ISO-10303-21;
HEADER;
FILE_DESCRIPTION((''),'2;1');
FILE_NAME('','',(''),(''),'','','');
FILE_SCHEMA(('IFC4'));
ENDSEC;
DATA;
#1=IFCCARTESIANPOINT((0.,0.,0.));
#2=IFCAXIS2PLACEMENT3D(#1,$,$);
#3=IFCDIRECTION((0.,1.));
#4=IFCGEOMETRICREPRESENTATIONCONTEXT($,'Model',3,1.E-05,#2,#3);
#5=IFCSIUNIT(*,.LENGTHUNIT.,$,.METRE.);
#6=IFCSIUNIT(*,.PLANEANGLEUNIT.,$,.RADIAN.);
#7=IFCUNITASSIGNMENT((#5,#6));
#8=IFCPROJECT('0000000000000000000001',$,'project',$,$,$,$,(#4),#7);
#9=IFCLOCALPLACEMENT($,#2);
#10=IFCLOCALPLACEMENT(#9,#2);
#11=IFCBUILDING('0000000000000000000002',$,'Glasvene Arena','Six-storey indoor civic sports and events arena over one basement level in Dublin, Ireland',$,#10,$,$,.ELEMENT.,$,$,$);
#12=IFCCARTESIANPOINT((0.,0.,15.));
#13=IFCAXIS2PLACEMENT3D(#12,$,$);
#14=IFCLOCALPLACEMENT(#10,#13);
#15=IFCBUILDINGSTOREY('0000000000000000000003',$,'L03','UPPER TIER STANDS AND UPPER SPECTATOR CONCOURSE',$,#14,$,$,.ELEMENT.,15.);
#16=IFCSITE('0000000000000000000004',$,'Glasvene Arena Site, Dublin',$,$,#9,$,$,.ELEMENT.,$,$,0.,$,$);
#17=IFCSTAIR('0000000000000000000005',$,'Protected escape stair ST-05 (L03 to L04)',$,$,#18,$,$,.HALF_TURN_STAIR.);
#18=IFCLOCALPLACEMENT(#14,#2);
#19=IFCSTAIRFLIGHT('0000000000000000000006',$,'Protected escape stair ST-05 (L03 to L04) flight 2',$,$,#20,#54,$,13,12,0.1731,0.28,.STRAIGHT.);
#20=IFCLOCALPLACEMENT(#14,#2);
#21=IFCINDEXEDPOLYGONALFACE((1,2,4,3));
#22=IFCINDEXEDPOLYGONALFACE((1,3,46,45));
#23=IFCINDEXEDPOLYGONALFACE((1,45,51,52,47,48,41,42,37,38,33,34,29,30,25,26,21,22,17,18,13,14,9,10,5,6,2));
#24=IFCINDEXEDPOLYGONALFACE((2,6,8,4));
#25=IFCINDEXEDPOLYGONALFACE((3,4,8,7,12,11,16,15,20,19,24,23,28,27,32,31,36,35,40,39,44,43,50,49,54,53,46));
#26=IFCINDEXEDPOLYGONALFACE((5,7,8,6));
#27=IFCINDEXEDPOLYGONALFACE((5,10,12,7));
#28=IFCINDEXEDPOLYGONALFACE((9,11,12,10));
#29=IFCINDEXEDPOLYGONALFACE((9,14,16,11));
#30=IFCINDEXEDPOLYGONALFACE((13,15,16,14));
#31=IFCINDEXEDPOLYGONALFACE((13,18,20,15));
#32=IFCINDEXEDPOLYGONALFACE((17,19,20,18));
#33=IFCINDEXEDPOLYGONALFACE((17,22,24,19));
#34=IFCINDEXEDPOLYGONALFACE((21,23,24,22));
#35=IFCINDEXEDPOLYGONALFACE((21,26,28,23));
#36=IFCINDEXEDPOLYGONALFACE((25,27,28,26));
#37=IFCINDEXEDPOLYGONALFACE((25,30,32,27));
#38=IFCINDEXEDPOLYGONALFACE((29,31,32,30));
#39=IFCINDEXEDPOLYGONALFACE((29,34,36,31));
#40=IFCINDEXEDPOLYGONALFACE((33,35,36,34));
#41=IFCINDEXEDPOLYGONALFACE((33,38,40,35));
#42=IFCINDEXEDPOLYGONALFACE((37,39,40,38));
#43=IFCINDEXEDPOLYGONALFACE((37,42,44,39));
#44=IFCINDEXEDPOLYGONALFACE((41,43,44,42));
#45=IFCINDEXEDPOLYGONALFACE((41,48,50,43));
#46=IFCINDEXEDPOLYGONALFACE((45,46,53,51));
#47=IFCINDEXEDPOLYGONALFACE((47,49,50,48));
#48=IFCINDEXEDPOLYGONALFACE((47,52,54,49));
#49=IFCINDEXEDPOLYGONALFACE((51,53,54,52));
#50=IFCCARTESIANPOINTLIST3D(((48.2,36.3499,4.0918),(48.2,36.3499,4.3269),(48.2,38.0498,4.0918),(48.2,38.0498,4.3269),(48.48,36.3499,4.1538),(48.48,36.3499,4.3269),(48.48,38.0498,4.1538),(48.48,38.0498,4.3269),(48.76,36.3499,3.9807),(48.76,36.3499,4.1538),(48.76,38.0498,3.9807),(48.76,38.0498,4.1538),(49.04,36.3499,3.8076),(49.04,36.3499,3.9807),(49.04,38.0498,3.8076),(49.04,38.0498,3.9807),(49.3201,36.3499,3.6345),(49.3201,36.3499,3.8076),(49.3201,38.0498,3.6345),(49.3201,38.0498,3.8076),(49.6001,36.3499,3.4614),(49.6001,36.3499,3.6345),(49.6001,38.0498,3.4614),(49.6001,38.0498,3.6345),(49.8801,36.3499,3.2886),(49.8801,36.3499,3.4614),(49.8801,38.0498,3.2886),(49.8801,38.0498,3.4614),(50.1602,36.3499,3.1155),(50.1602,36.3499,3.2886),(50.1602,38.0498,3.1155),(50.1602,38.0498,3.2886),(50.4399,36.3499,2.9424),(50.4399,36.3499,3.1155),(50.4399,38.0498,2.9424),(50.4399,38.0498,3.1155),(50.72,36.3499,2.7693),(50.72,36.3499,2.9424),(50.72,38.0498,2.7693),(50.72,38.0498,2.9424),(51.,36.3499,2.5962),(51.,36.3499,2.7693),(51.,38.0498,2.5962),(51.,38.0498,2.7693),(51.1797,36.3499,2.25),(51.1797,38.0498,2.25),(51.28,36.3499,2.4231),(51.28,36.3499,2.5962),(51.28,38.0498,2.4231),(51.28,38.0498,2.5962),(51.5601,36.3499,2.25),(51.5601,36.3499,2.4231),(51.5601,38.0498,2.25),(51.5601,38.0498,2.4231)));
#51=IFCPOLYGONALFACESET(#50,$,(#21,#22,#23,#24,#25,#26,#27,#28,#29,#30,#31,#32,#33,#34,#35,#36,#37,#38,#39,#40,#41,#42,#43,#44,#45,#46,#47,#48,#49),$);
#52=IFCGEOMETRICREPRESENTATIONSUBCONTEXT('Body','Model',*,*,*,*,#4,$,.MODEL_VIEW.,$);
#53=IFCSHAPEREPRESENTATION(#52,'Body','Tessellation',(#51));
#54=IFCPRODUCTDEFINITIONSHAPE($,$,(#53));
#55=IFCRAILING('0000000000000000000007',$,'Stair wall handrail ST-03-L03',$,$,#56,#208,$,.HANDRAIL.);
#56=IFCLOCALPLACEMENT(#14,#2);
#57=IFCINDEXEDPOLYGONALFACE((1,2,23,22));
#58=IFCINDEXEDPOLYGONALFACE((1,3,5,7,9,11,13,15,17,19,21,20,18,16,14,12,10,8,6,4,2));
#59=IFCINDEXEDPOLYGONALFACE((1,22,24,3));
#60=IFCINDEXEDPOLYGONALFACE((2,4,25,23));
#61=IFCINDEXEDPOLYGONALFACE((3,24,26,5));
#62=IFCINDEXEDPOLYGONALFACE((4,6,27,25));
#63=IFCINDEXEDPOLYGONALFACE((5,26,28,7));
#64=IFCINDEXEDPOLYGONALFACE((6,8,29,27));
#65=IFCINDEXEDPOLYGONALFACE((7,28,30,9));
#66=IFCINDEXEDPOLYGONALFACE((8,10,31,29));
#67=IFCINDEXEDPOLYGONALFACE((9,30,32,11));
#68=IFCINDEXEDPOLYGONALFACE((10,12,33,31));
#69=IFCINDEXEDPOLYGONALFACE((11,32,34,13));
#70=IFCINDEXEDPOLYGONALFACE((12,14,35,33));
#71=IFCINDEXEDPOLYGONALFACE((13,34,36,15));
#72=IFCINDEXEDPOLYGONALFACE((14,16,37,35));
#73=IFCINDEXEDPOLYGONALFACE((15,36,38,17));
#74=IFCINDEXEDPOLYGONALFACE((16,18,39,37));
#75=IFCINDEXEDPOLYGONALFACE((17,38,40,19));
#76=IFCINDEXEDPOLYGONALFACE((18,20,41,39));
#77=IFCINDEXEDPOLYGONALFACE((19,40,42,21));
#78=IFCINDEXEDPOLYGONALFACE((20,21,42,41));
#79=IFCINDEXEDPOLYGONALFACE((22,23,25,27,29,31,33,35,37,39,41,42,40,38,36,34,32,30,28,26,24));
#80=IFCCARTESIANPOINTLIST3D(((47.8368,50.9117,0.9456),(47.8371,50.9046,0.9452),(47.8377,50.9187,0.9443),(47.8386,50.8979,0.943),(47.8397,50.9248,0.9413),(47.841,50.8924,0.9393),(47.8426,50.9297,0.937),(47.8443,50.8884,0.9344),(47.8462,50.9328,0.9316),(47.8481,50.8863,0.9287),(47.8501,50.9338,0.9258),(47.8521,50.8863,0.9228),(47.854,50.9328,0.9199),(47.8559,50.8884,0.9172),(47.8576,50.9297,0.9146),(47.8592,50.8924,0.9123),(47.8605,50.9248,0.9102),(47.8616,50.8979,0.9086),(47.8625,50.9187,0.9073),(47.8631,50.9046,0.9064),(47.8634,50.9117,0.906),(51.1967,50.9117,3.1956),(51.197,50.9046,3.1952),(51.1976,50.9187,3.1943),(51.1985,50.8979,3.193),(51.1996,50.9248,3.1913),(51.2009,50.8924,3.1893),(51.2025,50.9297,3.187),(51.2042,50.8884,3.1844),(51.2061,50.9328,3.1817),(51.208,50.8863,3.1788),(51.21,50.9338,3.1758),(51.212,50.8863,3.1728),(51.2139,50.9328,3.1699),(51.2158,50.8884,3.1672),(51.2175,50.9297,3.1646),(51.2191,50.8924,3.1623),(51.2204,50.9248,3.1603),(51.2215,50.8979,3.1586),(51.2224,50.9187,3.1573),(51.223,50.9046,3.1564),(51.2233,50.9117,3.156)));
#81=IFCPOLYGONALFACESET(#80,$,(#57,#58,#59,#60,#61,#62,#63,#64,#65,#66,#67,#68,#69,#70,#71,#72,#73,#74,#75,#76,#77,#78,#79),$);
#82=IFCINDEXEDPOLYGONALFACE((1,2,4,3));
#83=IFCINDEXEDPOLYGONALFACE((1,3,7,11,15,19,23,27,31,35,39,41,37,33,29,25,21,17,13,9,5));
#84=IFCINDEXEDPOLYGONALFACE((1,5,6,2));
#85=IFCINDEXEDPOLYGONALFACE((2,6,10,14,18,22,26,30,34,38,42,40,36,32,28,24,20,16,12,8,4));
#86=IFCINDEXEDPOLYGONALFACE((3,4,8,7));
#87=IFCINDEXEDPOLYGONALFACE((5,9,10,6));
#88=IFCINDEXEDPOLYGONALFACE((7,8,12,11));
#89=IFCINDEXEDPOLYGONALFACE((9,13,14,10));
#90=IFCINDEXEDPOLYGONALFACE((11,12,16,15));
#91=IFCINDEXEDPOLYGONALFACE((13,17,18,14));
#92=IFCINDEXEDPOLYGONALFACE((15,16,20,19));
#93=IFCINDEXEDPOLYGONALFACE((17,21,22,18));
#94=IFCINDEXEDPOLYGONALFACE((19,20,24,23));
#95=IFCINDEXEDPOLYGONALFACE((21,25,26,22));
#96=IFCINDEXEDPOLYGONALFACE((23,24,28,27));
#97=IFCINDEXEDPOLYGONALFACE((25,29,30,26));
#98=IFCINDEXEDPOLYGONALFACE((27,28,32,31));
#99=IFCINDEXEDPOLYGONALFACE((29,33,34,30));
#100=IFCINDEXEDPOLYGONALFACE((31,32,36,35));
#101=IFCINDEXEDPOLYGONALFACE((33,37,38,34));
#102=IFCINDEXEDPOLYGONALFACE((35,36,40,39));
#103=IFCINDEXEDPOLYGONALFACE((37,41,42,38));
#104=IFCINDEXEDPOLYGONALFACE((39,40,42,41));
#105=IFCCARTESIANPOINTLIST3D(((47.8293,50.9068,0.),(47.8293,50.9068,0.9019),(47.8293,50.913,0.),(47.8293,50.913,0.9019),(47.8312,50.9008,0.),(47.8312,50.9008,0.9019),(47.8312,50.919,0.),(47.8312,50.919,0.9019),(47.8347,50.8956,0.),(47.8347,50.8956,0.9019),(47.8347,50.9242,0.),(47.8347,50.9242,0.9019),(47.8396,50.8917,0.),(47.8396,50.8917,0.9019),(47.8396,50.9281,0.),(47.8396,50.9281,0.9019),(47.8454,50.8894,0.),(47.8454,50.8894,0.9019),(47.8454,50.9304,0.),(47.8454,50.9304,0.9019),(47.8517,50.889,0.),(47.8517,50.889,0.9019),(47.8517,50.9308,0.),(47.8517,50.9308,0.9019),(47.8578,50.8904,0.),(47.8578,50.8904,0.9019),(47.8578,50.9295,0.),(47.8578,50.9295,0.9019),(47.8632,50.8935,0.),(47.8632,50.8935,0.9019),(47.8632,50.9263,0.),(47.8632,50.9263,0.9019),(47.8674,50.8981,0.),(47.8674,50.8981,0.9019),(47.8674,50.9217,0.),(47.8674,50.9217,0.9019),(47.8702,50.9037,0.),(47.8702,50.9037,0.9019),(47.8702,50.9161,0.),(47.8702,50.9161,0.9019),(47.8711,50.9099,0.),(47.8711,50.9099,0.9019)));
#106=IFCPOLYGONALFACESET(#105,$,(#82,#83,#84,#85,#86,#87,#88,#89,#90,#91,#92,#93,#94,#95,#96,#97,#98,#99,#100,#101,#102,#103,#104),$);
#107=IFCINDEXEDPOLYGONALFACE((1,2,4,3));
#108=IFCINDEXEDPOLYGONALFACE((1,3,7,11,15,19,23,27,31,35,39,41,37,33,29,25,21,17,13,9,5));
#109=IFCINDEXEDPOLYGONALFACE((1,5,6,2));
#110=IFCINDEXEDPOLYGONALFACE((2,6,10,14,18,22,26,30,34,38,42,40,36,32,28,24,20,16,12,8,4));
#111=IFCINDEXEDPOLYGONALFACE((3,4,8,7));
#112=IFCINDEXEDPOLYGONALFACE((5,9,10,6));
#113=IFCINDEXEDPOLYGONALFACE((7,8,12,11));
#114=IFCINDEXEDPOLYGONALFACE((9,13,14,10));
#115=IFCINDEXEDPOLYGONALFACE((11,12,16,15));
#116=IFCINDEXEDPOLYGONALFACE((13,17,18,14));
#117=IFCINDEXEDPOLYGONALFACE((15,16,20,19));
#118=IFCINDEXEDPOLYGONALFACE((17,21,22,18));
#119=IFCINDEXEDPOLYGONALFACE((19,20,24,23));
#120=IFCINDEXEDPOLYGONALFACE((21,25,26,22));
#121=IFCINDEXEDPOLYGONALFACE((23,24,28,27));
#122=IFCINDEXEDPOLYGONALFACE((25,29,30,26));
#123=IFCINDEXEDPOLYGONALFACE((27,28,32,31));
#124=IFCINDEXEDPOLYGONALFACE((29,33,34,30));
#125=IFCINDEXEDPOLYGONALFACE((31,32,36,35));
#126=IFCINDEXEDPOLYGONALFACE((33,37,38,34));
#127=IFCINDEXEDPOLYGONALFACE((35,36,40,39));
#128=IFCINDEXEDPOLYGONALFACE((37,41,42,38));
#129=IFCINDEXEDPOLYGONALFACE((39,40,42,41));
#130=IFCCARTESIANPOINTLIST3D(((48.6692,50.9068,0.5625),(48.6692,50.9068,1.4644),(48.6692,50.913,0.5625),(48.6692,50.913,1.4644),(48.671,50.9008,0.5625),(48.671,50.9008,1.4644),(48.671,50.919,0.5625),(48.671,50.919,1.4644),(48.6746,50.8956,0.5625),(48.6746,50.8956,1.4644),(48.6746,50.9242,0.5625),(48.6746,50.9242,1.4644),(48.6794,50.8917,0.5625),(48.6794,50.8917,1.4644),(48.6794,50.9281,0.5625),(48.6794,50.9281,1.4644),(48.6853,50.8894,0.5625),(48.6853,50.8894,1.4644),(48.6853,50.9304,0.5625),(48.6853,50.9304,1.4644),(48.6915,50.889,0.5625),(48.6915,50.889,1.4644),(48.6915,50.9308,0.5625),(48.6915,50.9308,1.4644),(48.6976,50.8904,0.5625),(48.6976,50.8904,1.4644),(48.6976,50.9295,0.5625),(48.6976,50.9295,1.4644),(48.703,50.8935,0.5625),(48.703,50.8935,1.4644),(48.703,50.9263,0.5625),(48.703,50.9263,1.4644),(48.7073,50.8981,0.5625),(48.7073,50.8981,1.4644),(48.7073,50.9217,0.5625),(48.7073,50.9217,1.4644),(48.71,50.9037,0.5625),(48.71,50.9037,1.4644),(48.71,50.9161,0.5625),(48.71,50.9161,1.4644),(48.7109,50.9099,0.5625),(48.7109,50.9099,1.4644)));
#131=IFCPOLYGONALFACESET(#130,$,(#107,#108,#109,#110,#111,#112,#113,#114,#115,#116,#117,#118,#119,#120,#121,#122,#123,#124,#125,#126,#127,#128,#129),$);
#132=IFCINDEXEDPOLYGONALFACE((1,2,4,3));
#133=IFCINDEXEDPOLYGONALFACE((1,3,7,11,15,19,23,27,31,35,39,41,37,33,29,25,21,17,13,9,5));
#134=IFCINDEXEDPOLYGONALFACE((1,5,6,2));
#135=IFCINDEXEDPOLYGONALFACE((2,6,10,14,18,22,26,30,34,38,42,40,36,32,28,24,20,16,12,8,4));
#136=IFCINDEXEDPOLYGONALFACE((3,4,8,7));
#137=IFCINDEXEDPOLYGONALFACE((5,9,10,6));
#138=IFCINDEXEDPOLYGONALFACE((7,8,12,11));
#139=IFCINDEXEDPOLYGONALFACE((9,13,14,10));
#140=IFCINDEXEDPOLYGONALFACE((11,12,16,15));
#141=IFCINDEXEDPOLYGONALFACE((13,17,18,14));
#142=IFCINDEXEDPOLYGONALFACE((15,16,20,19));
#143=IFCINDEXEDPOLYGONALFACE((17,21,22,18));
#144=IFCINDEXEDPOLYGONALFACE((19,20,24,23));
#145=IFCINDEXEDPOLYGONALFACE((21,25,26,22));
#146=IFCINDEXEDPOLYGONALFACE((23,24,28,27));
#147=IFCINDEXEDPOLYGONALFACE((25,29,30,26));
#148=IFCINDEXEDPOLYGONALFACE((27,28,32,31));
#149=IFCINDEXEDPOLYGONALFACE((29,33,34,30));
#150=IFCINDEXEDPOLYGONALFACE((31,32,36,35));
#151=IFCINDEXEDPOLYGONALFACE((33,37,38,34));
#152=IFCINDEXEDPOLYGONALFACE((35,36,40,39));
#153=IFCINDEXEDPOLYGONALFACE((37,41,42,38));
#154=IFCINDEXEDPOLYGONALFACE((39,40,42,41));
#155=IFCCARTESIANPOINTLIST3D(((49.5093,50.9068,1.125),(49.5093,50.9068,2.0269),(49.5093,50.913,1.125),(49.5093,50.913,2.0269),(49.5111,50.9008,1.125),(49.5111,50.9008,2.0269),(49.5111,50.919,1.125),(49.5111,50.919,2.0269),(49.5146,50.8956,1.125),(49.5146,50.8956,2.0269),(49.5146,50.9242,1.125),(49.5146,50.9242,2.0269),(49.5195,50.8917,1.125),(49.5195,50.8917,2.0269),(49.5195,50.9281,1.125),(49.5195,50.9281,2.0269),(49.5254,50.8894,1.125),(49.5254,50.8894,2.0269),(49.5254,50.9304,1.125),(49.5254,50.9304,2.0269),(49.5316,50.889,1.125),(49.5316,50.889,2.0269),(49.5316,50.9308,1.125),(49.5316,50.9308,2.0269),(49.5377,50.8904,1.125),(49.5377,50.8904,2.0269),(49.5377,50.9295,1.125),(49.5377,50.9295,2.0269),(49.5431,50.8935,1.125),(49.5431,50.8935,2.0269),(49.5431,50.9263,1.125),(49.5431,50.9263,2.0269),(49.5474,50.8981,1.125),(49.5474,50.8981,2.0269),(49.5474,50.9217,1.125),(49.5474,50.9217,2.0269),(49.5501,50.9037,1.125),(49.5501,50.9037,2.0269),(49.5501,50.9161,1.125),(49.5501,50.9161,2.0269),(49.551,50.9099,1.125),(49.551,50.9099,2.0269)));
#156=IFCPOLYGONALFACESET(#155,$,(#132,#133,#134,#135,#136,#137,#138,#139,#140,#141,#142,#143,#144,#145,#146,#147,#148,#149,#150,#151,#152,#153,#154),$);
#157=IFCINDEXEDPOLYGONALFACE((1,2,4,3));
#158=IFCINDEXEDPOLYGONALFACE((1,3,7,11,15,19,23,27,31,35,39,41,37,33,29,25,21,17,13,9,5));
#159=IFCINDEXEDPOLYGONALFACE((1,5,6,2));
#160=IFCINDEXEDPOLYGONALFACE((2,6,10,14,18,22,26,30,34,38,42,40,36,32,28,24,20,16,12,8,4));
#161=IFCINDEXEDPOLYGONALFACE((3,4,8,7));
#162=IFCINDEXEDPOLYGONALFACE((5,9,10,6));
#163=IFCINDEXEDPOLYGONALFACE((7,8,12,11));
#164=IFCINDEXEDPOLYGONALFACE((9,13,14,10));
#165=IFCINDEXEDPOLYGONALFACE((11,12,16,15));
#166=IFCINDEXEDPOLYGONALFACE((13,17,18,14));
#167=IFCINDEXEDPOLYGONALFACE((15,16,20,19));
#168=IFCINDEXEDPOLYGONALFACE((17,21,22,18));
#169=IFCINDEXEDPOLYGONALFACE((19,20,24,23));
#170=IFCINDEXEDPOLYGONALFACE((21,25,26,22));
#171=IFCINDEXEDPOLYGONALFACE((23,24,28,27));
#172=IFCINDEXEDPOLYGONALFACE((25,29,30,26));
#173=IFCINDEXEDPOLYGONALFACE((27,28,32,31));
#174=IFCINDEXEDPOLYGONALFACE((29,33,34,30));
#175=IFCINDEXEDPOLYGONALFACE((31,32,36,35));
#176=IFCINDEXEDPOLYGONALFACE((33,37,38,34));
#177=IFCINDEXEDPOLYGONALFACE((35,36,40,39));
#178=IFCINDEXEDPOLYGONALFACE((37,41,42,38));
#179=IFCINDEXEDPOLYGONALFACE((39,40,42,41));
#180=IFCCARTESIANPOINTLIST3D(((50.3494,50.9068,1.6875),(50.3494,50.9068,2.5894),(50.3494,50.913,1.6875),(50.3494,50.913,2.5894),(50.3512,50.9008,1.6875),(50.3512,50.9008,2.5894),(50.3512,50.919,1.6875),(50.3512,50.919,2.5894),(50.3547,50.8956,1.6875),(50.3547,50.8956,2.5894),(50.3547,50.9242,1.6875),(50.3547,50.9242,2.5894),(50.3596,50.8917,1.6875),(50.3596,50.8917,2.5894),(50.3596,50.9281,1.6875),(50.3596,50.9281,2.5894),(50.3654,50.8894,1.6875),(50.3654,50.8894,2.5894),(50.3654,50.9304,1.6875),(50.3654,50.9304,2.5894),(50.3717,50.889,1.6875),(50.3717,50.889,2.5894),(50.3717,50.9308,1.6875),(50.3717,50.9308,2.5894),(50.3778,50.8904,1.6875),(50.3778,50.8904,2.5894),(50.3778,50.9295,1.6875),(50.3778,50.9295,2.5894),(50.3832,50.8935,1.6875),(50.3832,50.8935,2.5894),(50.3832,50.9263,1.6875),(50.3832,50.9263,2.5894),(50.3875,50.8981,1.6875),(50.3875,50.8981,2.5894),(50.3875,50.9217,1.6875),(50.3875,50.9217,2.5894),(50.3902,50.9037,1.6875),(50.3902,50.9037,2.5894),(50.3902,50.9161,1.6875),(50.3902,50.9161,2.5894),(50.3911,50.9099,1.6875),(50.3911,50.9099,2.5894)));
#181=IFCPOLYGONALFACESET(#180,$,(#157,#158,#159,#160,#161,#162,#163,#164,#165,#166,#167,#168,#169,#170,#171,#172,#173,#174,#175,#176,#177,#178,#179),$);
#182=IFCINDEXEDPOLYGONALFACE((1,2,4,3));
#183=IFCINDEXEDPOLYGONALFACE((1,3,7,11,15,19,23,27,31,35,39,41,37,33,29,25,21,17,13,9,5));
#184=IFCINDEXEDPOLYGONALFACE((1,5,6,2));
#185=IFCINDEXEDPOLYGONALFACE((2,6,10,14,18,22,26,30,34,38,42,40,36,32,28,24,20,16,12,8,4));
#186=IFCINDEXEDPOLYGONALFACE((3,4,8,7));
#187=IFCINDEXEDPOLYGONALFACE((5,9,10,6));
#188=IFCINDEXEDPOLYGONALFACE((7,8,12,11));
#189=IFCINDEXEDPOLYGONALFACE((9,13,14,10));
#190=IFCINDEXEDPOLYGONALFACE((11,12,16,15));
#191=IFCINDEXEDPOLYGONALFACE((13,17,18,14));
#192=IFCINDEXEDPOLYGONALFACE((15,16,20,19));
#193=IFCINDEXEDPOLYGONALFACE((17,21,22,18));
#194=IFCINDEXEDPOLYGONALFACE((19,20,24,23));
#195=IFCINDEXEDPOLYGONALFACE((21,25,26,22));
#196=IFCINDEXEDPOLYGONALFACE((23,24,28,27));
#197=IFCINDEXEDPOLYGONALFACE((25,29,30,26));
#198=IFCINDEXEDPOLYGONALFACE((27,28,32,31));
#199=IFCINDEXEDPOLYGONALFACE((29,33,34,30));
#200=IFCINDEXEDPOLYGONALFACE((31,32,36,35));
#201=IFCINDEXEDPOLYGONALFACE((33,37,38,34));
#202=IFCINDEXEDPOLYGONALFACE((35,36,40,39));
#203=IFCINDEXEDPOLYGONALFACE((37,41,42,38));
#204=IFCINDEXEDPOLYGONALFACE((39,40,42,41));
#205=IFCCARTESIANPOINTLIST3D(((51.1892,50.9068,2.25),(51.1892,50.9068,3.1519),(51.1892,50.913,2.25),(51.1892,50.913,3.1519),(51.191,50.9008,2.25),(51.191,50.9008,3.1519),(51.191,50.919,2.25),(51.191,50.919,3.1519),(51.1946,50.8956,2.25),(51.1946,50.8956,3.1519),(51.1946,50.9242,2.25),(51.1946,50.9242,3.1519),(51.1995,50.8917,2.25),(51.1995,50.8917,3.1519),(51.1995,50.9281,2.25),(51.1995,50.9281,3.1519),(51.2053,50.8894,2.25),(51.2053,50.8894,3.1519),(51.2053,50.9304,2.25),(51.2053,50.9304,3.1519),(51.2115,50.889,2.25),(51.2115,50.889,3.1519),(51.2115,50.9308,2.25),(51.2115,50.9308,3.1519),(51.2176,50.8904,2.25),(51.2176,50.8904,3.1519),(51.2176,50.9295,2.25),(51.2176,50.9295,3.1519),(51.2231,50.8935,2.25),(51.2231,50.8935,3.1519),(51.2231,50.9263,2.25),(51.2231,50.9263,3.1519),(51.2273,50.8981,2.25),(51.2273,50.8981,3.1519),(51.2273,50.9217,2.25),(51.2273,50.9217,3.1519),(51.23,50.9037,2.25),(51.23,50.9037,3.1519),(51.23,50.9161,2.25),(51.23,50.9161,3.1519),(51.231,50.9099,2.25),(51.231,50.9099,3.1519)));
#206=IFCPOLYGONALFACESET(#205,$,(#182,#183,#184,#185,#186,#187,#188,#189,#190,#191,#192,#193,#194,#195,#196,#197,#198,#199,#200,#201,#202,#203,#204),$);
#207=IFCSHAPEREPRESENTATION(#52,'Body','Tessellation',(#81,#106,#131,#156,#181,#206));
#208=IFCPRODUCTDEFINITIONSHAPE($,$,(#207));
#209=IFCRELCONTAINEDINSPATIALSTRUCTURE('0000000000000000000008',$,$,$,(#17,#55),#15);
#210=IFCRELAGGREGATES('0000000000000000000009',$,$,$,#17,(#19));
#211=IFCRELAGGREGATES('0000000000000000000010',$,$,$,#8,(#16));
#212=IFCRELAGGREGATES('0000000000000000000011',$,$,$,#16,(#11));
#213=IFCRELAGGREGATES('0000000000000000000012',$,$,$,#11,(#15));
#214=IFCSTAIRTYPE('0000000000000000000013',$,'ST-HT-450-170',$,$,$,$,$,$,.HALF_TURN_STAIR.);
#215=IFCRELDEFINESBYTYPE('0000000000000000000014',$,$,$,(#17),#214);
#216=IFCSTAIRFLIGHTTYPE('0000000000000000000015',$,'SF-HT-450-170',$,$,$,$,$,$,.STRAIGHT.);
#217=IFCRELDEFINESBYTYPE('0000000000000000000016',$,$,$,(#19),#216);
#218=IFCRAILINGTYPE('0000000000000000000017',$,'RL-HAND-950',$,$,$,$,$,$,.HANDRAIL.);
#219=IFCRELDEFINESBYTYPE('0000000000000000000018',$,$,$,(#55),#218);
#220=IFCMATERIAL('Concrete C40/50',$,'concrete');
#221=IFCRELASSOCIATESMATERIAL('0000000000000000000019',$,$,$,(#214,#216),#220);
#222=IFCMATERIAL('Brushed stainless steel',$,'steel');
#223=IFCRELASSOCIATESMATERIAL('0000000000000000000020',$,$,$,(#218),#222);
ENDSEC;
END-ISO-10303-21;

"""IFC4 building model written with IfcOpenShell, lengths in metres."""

from ifc_helpers import new_model, si_unit, direction, frame, origin, origin_2d, place, context, subcontext, project, spatial, polyline, circle, outline, extrude, material, type_object, element, aggregate, save


model = new_model("IFC4")

# Units and contexts
model_context = context("Model", 3, precision=1e-05, world=origin(), true_north=direction((0.0, 1.0)))
body_context = subcontext(model_context, "Body", "Model", "MODEL_VIEW")
ifc_project = project(units=[si_unit("LENGTHUNIT", "METRE"), si_unit("PLANEANGLEUNIT", "RADIAN")], contexts=[model_context])

# Site, building, storey
site_placement = place(None, origin())
site = spatial("IfcSite", under=ifc_project, at=site_placement, Name="Glasvene Arena Site, Dublin", CompositionType="ELEMENT", RefElevation=0.0)
building_placement = place(site_placement, origin())
building = spatial("IfcBuilding", under=site, at=building_placement, Name="Glasvene Arena", Description="Six-storey indoor civic sports and events arena over one basement level in Dublin, Ireland", CompositionType="ELEMENT")
storey_placement = place(building_placement, frame((0.0, 0.0, 15.0)))
storey = spatial("IfcBuildingStorey", under=building, at=storey_placement, Name="L03", Description="UPPER TIER STANDS AND UPPER SPECTATOR CONCOURSE", CompositionType="ELEMENT", Elevation=15.0)

# Shared definitions
ifc_material_1 = material(Name="Concrete C40/50", Category="concrete")

# Shared definitions
ifc_material_2 = material(Name="Brushed stainless steel", Category="steel")

# Stair, stair flight
stair_type = type_object("IfcStairType", Name="ST-HT-450-170", PredefinedType="HALF_TURN_STAIR", material=ifc_material_1)
stair_flight_type = type_object("IfcStairFlightType", Name="SF-HT-450-170", PredefinedType="STRAIGHT", material=ifc_material_1)
stair_1_placement = place(storey_placement, origin())
stair_1 = element("IfcStair", 1, at=stair_1_placement, inside=storey, type_object=stair_type, Name="Protected escape stair ST-05 (L03 to L04)", PredefinedType="HALF_TURN_STAIR")
stair_flight_1_placement = place(storey_placement, frame((51.5601, 37.2, 2.25), z_axis=(0.0, 0.0, 1.0), x_axis=(-1.0, 0.0, 0.0)))
stair_flight_1 = element("IfcStairFlight", 2, at=stair_flight_1_placement, type_object=stair_flight_type, Name="Protected escape stair ST-05 (L03 to L04) flight 2", NumberOfRisers=13, NumberOfTreads=12, PredefinedType="STRAIGHT", RiserHeight=0.1731, TreadLength=0.28, context=body_context, shape_type="SweptSolid", body=[
    extrude(outline(polyline([(0.0, 0.0), (0.0, 0.1731), (0.28, 0.1731), (0.28, 0.3462), (0.5601, 0.3462), (0.5601, 0.5193), (0.8401, 0.5193), (0.8401, 0.6924), (1.1201, 0.6924), (1.1201, 0.8655), (1.3999, 0.8655), (1.3999, 1.0386), (1.6799, 1.0386), (1.6799, 1.2114), (1.96, 1.2114), (1.96, 1.3845), (2.24, 1.3845), (2.24, 1.5576), (2.52, 1.5576), (2.52, 1.7307), (2.8, 1.7307), (2.8, 1.9038), (3.0801, 1.9038), (3.0801, 2.0769), (3.3601, 2.0769), (3.3601, 2.25), (3.3601, 1.8418), (0.3804, 0.0), (0.0, 0.0)])), frame((0.0, 0.8501, 0.0), z_axis=(0.0, -1.0, 0.0), x_axis=(1.0, 0.0, 0.0)), (0.0, 0.0, 1.0), 1.7),
])
aggregate(stair_1, [stair_flight_1])

# Railing
railing_type = type_object("IfcRailingType", Name="RL-HAND-950", PredefinedType="HANDRAIL", material=ifc_material_2)
railing_placement = place(storey_placement, frame((47.8501, 50.9099, 0.0)))
element("IfcRailing", 3, at=railing_placement, inside=storey, type_object=railing_type, Name="Stair wall handrail ST-03-L03", PredefinedType="HANDRAIL", context=body_context, shape_type="SweptSolid", body=[
    extrude(circle(Radius=0.0239, at=origin_2d()), frame((0.0, 0.0, 0.9258), z_axis=(0.830897, 0.0, 0.556427), x_axis=(0.0, 1.0, 0.0)), (0.0, 0.0, 1.0), 4.0437),
    extrude(circle(Radius=0.021, at=origin_2d()), origin(), (0.0, 0.0, 1.0), 0.9019),
    extrude(circle(Radius=0.021, at=origin_2d()), frame((0.8398, 0.0, 0.5625)), (0.0, 0.0, 1.0), 0.9019),
    extrude(circle(Radius=0.021, at=origin_2d()), frame((1.6799, 0.0, 1.125)), (0.0, 0.0, 1.0), 0.9019),
    extrude(circle(Radius=0.021, at=origin_2d()), frame((2.52, 0.0, 1.6875)), (0.0, 0.0, 1.0), 0.9019),
    extrude(circle(Radius=0.021, at=origin_2d()), frame((3.3599, 0.0, 2.25)), (0.0, 0.0, 1.0), 0.9019),
])

save(model, "model.ifc")
